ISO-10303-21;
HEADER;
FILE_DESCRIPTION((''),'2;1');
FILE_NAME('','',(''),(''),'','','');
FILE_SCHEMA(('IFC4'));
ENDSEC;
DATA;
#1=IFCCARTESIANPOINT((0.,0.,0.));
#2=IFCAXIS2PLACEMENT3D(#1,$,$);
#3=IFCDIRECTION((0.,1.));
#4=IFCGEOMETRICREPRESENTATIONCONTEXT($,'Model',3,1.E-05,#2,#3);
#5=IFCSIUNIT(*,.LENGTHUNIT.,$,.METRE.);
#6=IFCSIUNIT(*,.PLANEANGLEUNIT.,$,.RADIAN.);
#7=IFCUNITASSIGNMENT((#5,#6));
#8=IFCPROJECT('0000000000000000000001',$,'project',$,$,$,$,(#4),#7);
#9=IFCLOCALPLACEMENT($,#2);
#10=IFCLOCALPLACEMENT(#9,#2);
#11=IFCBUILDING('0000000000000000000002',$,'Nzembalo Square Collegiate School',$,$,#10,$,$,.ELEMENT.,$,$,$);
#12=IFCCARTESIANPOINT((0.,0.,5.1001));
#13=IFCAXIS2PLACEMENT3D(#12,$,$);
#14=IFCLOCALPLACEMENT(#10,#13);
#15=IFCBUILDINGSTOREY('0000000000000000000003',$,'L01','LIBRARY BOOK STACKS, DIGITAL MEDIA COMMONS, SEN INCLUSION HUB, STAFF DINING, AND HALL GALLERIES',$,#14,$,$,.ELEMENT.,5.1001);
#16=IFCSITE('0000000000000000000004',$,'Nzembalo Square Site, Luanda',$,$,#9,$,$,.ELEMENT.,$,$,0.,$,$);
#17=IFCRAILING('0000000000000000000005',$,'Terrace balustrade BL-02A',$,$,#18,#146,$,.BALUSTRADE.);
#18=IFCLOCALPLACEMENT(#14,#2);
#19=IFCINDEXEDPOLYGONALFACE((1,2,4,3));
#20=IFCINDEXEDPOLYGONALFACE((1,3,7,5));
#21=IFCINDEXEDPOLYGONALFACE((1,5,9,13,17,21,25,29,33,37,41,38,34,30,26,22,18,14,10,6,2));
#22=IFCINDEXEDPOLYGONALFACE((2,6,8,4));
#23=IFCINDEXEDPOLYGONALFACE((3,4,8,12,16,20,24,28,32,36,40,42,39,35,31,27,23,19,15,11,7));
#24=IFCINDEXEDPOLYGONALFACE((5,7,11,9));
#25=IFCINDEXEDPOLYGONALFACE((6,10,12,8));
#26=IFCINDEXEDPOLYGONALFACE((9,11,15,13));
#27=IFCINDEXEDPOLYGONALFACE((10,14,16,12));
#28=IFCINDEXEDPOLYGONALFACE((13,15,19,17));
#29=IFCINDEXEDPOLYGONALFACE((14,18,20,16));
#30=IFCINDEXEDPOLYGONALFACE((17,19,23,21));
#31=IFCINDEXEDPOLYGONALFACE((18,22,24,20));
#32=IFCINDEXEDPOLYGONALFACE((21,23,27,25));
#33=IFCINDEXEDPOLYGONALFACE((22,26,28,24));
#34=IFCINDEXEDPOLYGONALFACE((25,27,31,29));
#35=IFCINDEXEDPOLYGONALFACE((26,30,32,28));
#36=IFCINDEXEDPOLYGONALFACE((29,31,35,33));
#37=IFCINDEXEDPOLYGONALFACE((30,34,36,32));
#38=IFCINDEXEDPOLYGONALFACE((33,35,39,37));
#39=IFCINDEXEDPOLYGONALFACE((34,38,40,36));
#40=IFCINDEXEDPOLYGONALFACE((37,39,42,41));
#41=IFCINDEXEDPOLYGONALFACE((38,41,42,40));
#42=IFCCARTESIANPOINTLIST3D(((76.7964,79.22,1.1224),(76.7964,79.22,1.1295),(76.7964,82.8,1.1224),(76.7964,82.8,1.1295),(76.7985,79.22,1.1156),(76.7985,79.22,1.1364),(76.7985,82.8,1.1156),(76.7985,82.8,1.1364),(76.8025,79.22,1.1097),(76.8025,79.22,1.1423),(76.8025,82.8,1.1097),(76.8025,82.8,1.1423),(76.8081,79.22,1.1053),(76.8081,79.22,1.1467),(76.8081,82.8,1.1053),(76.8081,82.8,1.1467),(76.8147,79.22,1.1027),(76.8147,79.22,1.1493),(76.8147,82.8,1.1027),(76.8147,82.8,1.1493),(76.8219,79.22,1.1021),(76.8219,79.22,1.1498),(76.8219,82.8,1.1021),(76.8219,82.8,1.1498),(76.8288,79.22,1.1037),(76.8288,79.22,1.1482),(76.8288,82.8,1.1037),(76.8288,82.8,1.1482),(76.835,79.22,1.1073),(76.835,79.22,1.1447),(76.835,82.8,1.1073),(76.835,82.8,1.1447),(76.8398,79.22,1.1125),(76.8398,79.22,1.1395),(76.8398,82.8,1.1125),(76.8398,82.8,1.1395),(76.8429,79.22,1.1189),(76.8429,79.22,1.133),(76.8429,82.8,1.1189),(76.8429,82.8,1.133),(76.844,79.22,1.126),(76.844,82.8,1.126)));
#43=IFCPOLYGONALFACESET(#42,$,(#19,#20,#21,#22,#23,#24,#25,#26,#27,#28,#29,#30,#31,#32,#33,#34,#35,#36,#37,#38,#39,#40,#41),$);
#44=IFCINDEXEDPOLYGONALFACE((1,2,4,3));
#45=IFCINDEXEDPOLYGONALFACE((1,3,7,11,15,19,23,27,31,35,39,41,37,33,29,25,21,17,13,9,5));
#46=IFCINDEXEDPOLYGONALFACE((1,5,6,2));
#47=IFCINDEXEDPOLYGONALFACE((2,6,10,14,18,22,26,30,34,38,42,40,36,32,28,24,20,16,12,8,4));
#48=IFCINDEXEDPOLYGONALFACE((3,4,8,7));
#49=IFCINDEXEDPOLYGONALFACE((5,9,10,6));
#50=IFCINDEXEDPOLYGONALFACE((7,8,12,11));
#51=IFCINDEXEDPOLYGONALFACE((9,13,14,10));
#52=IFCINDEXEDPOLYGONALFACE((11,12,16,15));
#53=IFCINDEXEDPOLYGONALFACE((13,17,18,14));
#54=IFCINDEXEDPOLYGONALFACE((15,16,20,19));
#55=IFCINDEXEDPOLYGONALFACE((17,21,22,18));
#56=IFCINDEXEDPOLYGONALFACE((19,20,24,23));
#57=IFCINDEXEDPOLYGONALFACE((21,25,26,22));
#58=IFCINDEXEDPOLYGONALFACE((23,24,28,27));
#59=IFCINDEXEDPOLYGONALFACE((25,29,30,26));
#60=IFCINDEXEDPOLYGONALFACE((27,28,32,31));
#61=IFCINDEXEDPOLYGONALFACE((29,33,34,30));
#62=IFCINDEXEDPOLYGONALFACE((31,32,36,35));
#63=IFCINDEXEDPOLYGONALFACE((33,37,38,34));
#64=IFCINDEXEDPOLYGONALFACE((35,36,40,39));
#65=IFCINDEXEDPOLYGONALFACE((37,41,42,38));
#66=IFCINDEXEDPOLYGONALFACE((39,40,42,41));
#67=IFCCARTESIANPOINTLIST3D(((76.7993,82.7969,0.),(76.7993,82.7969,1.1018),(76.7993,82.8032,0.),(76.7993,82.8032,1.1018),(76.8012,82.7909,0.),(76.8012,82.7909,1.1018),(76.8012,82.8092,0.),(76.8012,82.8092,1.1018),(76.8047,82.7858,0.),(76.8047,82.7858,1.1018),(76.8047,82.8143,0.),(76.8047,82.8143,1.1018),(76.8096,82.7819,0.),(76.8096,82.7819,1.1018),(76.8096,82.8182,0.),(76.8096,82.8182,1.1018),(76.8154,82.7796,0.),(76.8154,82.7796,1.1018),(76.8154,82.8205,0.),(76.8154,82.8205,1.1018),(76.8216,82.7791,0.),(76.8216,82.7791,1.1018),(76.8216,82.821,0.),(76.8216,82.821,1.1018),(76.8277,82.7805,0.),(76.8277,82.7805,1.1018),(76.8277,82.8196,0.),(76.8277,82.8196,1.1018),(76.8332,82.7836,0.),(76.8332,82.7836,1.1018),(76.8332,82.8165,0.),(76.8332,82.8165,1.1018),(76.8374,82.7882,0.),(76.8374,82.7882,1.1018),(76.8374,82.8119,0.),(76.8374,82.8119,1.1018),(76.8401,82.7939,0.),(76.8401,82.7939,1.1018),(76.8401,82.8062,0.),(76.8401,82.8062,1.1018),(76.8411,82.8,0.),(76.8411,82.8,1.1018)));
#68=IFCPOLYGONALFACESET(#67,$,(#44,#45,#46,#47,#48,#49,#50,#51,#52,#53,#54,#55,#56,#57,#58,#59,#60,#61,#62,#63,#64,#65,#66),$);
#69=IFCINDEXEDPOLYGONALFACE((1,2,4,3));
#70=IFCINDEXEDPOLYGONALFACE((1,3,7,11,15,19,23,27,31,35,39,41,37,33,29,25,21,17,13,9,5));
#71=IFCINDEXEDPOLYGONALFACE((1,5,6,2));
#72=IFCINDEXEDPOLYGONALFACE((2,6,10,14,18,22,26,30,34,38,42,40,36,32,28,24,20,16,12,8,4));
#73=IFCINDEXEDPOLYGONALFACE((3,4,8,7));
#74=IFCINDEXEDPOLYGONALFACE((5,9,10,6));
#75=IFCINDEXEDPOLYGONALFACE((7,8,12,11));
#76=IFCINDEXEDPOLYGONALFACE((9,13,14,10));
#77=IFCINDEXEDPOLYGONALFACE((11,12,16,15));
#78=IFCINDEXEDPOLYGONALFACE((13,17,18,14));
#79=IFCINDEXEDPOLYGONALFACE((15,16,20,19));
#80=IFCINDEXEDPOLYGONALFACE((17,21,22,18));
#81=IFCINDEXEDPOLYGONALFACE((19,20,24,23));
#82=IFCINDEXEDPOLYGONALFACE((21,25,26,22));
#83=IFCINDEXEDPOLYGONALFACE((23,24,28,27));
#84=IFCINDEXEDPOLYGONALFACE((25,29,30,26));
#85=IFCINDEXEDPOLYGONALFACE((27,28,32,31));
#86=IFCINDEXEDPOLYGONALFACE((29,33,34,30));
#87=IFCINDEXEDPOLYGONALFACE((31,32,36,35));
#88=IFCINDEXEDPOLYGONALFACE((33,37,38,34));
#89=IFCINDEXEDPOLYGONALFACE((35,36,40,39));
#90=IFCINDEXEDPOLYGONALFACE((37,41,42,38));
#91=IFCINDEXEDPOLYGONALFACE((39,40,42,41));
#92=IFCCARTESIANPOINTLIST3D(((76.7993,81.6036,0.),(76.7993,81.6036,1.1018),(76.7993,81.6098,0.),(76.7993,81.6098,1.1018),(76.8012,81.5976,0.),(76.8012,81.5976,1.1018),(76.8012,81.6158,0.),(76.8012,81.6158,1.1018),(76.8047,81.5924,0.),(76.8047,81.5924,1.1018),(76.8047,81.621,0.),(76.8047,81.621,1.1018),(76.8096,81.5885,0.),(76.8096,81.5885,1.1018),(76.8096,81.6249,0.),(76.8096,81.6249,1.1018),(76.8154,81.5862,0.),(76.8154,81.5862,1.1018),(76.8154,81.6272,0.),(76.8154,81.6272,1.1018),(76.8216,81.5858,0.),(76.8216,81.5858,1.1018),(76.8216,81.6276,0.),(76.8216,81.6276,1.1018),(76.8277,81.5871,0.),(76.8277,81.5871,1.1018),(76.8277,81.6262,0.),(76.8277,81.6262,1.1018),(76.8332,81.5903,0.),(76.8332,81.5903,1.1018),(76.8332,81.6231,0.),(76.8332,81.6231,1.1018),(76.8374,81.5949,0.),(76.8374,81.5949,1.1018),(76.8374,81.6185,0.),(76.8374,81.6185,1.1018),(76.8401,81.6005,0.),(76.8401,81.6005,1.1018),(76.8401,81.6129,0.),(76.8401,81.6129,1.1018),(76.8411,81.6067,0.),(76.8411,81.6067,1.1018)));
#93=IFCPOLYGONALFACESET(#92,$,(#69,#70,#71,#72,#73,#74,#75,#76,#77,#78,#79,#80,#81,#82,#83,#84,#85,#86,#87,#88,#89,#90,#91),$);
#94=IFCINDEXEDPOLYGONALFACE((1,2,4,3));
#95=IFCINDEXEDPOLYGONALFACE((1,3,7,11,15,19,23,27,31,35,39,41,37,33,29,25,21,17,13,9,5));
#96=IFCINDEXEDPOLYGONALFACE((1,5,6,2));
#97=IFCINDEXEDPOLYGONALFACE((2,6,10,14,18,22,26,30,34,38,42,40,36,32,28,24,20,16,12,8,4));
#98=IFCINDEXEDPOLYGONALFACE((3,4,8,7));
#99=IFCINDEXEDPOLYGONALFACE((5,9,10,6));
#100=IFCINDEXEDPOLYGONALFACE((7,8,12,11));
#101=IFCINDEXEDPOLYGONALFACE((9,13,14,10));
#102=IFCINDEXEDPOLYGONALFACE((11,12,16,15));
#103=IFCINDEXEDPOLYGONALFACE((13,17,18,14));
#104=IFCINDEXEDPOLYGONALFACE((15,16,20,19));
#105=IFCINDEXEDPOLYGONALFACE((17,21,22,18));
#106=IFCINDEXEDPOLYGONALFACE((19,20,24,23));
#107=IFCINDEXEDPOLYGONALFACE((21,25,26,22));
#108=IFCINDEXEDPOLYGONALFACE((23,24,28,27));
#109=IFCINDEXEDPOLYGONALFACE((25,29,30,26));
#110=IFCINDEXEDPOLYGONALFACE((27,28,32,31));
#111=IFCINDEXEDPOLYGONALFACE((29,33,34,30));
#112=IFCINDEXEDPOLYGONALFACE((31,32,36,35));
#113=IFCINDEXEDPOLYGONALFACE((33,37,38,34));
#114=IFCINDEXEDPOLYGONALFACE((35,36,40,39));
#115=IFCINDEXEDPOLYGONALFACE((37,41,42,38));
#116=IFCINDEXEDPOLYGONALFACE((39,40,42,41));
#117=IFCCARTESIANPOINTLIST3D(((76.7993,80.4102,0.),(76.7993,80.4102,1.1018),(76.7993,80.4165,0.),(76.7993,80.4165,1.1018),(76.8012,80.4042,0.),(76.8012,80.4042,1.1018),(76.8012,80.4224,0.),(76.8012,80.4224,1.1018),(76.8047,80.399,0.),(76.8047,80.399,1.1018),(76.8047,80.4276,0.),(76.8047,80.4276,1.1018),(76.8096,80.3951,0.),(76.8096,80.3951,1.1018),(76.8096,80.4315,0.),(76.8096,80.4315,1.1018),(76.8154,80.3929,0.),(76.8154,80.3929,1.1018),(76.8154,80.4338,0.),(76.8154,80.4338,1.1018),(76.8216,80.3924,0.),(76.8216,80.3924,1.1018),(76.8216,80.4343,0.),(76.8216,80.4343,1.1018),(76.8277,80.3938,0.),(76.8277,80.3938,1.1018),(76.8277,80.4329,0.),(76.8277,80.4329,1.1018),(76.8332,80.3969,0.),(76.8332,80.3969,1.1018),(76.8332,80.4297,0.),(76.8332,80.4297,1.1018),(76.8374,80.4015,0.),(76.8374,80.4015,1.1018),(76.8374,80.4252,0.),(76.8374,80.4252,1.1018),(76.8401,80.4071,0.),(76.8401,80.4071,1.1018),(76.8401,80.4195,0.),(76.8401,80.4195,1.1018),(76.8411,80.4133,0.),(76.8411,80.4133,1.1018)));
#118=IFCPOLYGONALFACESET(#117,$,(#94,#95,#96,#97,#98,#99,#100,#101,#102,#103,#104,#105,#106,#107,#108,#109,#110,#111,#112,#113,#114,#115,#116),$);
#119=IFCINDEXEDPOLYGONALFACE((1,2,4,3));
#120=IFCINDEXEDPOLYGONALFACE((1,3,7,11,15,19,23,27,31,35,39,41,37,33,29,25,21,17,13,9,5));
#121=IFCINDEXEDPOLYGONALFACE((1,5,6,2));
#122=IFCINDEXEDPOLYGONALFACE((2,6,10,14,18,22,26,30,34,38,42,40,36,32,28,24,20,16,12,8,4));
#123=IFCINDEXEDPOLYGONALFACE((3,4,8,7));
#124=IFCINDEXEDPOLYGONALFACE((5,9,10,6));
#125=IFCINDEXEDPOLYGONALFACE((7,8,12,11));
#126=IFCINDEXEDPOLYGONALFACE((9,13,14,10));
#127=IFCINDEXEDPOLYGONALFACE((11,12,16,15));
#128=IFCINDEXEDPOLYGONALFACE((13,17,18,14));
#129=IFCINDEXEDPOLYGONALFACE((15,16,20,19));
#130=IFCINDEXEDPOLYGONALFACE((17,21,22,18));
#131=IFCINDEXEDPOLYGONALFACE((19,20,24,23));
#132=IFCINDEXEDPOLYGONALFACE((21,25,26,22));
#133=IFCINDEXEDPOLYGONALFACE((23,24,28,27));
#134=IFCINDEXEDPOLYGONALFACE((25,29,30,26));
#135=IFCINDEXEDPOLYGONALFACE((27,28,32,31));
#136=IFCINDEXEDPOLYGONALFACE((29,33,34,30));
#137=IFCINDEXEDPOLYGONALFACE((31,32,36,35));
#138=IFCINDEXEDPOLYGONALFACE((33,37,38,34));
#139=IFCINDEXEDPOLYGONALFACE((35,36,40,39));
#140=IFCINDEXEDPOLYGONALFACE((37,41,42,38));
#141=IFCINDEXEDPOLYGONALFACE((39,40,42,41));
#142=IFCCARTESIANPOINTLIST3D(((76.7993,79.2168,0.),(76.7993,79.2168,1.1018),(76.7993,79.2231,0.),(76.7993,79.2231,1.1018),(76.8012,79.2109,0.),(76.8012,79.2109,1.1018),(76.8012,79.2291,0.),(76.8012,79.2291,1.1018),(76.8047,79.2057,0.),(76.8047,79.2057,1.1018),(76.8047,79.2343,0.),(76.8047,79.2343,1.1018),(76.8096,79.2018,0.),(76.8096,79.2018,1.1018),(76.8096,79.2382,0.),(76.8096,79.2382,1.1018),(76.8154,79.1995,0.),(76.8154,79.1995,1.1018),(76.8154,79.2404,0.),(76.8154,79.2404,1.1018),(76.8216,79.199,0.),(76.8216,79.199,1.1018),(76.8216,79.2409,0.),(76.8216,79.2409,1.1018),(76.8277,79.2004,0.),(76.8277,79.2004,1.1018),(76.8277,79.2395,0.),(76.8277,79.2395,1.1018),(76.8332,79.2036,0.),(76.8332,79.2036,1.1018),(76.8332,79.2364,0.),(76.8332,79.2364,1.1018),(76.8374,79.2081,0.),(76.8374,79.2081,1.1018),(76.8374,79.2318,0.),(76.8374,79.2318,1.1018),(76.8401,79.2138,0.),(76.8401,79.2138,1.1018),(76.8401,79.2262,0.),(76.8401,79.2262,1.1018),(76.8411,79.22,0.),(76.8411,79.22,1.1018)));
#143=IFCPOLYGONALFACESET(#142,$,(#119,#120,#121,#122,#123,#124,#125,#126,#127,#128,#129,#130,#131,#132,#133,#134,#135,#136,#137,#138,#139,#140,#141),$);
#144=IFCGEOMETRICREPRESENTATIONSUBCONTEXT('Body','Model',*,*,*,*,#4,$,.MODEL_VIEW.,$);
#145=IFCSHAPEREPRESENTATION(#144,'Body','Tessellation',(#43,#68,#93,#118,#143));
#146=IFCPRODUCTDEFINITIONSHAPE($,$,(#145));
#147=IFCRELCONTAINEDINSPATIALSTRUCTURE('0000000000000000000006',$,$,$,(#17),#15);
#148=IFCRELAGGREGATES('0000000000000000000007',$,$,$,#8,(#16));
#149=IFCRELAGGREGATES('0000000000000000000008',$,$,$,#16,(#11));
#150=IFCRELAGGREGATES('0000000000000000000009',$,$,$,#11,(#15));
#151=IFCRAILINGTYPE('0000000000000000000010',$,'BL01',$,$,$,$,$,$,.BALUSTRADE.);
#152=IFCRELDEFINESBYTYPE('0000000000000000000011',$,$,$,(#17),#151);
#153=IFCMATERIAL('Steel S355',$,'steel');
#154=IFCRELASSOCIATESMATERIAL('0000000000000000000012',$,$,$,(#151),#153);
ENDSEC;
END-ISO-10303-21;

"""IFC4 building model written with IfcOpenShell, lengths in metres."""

from ifc_helpers import new_model, si_unit, direction, frame, origin, origin_2d, place, context, subcontext, project, spatial, circle, extrude, material, type_object, element, save


model = new_model("IFC4")

# Units and contexts
model_context = context("Model", 3, precision=1e-05, world=origin(), true_north=direction((0.0, 1.0)))
body_context = subcontext(model_context, "Body", "Model", "MODEL_VIEW")
ifc_project = project(units=[si_unit("LENGTHUNIT", "METRE"), si_unit("PLANEANGLEUNIT", "RADIAN")], contexts=[model_context])

# Site, building, storey
site_placement = place(None, origin())
site = spatial("IfcSite", under=ifc_project, at=site_placement, Name="Nzembalo Square Site, Luanda", CompositionType="ELEMENT", RefElevation=0.0)
building_placement = place(site_placement, origin())
building = spatial("IfcBuilding", under=site, at=building_placement, Name="Nzembalo Square Collegiate School", CompositionType="ELEMENT")
storey_placement = place(building_placement, frame((0.0, 0.0, 5.1001)))
storey = spatial("IfcBuildingStorey", under=building, at=storey_placement, Name="L01", Description="LIBRARY BOOK STACKS, DIGITAL MEDIA COMMONS, SEN INCLUSION HUB, STAFF DINING, AND HALL GALLERIES", CompositionType="ELEMENT", Elevation=5.1001)

# Railing
ifc_material_1 = material(Name="Steel S355", Category="steel")
railing_type = type_object("IfcRailingType", Name="BL01", PredefinedType="BALUSTRADE", material=ifc_material_1)
railing_1_placement = place(storey_placement, frame((76.8201, 82.8, 0.0)))
element("IfcRailing", 1, at=railing_1_placement, inside=storey, type_object=railing_type, Name="Terrace balustrade BL-02A", PredefinedType="BALUSTRADE", context=body_context, shape_type="SweptSolid", body=[
    extrude(circle(Radius=0.0239, at=origin_2d()), frame((0.0, 0.0, 1.126), z_axis=(0.0, -1.0, 0.0), x_axis=(1.0, 0.0, 0.0)), (0.0, 0.0, 1.0), 3.5801),
    extrude(circle(Radius=0.021, at=origin_2d()), origin(), (0.0, 0.0, 1.0), 1.1018),
    extrude(circle(Radius=0.021, at=origin_2d()), frame((0.0, -1.1934, 0.0)), (0.0, 0.0, 1.0), 1.1018),
    extrude(circle(Radius=0.021, at=origin_2d()), frame((0.0, -2.3867, 0.0)), (0.0, 0.0, 1.0), 1.1018),
    extrude(circle(Radius=0.021, at=origin_2d()), frame((0.0, -3.5801, 0.0)), (0.0, 0.0, 1.0), 1.1018),
])

save(model, "model.ifc")
